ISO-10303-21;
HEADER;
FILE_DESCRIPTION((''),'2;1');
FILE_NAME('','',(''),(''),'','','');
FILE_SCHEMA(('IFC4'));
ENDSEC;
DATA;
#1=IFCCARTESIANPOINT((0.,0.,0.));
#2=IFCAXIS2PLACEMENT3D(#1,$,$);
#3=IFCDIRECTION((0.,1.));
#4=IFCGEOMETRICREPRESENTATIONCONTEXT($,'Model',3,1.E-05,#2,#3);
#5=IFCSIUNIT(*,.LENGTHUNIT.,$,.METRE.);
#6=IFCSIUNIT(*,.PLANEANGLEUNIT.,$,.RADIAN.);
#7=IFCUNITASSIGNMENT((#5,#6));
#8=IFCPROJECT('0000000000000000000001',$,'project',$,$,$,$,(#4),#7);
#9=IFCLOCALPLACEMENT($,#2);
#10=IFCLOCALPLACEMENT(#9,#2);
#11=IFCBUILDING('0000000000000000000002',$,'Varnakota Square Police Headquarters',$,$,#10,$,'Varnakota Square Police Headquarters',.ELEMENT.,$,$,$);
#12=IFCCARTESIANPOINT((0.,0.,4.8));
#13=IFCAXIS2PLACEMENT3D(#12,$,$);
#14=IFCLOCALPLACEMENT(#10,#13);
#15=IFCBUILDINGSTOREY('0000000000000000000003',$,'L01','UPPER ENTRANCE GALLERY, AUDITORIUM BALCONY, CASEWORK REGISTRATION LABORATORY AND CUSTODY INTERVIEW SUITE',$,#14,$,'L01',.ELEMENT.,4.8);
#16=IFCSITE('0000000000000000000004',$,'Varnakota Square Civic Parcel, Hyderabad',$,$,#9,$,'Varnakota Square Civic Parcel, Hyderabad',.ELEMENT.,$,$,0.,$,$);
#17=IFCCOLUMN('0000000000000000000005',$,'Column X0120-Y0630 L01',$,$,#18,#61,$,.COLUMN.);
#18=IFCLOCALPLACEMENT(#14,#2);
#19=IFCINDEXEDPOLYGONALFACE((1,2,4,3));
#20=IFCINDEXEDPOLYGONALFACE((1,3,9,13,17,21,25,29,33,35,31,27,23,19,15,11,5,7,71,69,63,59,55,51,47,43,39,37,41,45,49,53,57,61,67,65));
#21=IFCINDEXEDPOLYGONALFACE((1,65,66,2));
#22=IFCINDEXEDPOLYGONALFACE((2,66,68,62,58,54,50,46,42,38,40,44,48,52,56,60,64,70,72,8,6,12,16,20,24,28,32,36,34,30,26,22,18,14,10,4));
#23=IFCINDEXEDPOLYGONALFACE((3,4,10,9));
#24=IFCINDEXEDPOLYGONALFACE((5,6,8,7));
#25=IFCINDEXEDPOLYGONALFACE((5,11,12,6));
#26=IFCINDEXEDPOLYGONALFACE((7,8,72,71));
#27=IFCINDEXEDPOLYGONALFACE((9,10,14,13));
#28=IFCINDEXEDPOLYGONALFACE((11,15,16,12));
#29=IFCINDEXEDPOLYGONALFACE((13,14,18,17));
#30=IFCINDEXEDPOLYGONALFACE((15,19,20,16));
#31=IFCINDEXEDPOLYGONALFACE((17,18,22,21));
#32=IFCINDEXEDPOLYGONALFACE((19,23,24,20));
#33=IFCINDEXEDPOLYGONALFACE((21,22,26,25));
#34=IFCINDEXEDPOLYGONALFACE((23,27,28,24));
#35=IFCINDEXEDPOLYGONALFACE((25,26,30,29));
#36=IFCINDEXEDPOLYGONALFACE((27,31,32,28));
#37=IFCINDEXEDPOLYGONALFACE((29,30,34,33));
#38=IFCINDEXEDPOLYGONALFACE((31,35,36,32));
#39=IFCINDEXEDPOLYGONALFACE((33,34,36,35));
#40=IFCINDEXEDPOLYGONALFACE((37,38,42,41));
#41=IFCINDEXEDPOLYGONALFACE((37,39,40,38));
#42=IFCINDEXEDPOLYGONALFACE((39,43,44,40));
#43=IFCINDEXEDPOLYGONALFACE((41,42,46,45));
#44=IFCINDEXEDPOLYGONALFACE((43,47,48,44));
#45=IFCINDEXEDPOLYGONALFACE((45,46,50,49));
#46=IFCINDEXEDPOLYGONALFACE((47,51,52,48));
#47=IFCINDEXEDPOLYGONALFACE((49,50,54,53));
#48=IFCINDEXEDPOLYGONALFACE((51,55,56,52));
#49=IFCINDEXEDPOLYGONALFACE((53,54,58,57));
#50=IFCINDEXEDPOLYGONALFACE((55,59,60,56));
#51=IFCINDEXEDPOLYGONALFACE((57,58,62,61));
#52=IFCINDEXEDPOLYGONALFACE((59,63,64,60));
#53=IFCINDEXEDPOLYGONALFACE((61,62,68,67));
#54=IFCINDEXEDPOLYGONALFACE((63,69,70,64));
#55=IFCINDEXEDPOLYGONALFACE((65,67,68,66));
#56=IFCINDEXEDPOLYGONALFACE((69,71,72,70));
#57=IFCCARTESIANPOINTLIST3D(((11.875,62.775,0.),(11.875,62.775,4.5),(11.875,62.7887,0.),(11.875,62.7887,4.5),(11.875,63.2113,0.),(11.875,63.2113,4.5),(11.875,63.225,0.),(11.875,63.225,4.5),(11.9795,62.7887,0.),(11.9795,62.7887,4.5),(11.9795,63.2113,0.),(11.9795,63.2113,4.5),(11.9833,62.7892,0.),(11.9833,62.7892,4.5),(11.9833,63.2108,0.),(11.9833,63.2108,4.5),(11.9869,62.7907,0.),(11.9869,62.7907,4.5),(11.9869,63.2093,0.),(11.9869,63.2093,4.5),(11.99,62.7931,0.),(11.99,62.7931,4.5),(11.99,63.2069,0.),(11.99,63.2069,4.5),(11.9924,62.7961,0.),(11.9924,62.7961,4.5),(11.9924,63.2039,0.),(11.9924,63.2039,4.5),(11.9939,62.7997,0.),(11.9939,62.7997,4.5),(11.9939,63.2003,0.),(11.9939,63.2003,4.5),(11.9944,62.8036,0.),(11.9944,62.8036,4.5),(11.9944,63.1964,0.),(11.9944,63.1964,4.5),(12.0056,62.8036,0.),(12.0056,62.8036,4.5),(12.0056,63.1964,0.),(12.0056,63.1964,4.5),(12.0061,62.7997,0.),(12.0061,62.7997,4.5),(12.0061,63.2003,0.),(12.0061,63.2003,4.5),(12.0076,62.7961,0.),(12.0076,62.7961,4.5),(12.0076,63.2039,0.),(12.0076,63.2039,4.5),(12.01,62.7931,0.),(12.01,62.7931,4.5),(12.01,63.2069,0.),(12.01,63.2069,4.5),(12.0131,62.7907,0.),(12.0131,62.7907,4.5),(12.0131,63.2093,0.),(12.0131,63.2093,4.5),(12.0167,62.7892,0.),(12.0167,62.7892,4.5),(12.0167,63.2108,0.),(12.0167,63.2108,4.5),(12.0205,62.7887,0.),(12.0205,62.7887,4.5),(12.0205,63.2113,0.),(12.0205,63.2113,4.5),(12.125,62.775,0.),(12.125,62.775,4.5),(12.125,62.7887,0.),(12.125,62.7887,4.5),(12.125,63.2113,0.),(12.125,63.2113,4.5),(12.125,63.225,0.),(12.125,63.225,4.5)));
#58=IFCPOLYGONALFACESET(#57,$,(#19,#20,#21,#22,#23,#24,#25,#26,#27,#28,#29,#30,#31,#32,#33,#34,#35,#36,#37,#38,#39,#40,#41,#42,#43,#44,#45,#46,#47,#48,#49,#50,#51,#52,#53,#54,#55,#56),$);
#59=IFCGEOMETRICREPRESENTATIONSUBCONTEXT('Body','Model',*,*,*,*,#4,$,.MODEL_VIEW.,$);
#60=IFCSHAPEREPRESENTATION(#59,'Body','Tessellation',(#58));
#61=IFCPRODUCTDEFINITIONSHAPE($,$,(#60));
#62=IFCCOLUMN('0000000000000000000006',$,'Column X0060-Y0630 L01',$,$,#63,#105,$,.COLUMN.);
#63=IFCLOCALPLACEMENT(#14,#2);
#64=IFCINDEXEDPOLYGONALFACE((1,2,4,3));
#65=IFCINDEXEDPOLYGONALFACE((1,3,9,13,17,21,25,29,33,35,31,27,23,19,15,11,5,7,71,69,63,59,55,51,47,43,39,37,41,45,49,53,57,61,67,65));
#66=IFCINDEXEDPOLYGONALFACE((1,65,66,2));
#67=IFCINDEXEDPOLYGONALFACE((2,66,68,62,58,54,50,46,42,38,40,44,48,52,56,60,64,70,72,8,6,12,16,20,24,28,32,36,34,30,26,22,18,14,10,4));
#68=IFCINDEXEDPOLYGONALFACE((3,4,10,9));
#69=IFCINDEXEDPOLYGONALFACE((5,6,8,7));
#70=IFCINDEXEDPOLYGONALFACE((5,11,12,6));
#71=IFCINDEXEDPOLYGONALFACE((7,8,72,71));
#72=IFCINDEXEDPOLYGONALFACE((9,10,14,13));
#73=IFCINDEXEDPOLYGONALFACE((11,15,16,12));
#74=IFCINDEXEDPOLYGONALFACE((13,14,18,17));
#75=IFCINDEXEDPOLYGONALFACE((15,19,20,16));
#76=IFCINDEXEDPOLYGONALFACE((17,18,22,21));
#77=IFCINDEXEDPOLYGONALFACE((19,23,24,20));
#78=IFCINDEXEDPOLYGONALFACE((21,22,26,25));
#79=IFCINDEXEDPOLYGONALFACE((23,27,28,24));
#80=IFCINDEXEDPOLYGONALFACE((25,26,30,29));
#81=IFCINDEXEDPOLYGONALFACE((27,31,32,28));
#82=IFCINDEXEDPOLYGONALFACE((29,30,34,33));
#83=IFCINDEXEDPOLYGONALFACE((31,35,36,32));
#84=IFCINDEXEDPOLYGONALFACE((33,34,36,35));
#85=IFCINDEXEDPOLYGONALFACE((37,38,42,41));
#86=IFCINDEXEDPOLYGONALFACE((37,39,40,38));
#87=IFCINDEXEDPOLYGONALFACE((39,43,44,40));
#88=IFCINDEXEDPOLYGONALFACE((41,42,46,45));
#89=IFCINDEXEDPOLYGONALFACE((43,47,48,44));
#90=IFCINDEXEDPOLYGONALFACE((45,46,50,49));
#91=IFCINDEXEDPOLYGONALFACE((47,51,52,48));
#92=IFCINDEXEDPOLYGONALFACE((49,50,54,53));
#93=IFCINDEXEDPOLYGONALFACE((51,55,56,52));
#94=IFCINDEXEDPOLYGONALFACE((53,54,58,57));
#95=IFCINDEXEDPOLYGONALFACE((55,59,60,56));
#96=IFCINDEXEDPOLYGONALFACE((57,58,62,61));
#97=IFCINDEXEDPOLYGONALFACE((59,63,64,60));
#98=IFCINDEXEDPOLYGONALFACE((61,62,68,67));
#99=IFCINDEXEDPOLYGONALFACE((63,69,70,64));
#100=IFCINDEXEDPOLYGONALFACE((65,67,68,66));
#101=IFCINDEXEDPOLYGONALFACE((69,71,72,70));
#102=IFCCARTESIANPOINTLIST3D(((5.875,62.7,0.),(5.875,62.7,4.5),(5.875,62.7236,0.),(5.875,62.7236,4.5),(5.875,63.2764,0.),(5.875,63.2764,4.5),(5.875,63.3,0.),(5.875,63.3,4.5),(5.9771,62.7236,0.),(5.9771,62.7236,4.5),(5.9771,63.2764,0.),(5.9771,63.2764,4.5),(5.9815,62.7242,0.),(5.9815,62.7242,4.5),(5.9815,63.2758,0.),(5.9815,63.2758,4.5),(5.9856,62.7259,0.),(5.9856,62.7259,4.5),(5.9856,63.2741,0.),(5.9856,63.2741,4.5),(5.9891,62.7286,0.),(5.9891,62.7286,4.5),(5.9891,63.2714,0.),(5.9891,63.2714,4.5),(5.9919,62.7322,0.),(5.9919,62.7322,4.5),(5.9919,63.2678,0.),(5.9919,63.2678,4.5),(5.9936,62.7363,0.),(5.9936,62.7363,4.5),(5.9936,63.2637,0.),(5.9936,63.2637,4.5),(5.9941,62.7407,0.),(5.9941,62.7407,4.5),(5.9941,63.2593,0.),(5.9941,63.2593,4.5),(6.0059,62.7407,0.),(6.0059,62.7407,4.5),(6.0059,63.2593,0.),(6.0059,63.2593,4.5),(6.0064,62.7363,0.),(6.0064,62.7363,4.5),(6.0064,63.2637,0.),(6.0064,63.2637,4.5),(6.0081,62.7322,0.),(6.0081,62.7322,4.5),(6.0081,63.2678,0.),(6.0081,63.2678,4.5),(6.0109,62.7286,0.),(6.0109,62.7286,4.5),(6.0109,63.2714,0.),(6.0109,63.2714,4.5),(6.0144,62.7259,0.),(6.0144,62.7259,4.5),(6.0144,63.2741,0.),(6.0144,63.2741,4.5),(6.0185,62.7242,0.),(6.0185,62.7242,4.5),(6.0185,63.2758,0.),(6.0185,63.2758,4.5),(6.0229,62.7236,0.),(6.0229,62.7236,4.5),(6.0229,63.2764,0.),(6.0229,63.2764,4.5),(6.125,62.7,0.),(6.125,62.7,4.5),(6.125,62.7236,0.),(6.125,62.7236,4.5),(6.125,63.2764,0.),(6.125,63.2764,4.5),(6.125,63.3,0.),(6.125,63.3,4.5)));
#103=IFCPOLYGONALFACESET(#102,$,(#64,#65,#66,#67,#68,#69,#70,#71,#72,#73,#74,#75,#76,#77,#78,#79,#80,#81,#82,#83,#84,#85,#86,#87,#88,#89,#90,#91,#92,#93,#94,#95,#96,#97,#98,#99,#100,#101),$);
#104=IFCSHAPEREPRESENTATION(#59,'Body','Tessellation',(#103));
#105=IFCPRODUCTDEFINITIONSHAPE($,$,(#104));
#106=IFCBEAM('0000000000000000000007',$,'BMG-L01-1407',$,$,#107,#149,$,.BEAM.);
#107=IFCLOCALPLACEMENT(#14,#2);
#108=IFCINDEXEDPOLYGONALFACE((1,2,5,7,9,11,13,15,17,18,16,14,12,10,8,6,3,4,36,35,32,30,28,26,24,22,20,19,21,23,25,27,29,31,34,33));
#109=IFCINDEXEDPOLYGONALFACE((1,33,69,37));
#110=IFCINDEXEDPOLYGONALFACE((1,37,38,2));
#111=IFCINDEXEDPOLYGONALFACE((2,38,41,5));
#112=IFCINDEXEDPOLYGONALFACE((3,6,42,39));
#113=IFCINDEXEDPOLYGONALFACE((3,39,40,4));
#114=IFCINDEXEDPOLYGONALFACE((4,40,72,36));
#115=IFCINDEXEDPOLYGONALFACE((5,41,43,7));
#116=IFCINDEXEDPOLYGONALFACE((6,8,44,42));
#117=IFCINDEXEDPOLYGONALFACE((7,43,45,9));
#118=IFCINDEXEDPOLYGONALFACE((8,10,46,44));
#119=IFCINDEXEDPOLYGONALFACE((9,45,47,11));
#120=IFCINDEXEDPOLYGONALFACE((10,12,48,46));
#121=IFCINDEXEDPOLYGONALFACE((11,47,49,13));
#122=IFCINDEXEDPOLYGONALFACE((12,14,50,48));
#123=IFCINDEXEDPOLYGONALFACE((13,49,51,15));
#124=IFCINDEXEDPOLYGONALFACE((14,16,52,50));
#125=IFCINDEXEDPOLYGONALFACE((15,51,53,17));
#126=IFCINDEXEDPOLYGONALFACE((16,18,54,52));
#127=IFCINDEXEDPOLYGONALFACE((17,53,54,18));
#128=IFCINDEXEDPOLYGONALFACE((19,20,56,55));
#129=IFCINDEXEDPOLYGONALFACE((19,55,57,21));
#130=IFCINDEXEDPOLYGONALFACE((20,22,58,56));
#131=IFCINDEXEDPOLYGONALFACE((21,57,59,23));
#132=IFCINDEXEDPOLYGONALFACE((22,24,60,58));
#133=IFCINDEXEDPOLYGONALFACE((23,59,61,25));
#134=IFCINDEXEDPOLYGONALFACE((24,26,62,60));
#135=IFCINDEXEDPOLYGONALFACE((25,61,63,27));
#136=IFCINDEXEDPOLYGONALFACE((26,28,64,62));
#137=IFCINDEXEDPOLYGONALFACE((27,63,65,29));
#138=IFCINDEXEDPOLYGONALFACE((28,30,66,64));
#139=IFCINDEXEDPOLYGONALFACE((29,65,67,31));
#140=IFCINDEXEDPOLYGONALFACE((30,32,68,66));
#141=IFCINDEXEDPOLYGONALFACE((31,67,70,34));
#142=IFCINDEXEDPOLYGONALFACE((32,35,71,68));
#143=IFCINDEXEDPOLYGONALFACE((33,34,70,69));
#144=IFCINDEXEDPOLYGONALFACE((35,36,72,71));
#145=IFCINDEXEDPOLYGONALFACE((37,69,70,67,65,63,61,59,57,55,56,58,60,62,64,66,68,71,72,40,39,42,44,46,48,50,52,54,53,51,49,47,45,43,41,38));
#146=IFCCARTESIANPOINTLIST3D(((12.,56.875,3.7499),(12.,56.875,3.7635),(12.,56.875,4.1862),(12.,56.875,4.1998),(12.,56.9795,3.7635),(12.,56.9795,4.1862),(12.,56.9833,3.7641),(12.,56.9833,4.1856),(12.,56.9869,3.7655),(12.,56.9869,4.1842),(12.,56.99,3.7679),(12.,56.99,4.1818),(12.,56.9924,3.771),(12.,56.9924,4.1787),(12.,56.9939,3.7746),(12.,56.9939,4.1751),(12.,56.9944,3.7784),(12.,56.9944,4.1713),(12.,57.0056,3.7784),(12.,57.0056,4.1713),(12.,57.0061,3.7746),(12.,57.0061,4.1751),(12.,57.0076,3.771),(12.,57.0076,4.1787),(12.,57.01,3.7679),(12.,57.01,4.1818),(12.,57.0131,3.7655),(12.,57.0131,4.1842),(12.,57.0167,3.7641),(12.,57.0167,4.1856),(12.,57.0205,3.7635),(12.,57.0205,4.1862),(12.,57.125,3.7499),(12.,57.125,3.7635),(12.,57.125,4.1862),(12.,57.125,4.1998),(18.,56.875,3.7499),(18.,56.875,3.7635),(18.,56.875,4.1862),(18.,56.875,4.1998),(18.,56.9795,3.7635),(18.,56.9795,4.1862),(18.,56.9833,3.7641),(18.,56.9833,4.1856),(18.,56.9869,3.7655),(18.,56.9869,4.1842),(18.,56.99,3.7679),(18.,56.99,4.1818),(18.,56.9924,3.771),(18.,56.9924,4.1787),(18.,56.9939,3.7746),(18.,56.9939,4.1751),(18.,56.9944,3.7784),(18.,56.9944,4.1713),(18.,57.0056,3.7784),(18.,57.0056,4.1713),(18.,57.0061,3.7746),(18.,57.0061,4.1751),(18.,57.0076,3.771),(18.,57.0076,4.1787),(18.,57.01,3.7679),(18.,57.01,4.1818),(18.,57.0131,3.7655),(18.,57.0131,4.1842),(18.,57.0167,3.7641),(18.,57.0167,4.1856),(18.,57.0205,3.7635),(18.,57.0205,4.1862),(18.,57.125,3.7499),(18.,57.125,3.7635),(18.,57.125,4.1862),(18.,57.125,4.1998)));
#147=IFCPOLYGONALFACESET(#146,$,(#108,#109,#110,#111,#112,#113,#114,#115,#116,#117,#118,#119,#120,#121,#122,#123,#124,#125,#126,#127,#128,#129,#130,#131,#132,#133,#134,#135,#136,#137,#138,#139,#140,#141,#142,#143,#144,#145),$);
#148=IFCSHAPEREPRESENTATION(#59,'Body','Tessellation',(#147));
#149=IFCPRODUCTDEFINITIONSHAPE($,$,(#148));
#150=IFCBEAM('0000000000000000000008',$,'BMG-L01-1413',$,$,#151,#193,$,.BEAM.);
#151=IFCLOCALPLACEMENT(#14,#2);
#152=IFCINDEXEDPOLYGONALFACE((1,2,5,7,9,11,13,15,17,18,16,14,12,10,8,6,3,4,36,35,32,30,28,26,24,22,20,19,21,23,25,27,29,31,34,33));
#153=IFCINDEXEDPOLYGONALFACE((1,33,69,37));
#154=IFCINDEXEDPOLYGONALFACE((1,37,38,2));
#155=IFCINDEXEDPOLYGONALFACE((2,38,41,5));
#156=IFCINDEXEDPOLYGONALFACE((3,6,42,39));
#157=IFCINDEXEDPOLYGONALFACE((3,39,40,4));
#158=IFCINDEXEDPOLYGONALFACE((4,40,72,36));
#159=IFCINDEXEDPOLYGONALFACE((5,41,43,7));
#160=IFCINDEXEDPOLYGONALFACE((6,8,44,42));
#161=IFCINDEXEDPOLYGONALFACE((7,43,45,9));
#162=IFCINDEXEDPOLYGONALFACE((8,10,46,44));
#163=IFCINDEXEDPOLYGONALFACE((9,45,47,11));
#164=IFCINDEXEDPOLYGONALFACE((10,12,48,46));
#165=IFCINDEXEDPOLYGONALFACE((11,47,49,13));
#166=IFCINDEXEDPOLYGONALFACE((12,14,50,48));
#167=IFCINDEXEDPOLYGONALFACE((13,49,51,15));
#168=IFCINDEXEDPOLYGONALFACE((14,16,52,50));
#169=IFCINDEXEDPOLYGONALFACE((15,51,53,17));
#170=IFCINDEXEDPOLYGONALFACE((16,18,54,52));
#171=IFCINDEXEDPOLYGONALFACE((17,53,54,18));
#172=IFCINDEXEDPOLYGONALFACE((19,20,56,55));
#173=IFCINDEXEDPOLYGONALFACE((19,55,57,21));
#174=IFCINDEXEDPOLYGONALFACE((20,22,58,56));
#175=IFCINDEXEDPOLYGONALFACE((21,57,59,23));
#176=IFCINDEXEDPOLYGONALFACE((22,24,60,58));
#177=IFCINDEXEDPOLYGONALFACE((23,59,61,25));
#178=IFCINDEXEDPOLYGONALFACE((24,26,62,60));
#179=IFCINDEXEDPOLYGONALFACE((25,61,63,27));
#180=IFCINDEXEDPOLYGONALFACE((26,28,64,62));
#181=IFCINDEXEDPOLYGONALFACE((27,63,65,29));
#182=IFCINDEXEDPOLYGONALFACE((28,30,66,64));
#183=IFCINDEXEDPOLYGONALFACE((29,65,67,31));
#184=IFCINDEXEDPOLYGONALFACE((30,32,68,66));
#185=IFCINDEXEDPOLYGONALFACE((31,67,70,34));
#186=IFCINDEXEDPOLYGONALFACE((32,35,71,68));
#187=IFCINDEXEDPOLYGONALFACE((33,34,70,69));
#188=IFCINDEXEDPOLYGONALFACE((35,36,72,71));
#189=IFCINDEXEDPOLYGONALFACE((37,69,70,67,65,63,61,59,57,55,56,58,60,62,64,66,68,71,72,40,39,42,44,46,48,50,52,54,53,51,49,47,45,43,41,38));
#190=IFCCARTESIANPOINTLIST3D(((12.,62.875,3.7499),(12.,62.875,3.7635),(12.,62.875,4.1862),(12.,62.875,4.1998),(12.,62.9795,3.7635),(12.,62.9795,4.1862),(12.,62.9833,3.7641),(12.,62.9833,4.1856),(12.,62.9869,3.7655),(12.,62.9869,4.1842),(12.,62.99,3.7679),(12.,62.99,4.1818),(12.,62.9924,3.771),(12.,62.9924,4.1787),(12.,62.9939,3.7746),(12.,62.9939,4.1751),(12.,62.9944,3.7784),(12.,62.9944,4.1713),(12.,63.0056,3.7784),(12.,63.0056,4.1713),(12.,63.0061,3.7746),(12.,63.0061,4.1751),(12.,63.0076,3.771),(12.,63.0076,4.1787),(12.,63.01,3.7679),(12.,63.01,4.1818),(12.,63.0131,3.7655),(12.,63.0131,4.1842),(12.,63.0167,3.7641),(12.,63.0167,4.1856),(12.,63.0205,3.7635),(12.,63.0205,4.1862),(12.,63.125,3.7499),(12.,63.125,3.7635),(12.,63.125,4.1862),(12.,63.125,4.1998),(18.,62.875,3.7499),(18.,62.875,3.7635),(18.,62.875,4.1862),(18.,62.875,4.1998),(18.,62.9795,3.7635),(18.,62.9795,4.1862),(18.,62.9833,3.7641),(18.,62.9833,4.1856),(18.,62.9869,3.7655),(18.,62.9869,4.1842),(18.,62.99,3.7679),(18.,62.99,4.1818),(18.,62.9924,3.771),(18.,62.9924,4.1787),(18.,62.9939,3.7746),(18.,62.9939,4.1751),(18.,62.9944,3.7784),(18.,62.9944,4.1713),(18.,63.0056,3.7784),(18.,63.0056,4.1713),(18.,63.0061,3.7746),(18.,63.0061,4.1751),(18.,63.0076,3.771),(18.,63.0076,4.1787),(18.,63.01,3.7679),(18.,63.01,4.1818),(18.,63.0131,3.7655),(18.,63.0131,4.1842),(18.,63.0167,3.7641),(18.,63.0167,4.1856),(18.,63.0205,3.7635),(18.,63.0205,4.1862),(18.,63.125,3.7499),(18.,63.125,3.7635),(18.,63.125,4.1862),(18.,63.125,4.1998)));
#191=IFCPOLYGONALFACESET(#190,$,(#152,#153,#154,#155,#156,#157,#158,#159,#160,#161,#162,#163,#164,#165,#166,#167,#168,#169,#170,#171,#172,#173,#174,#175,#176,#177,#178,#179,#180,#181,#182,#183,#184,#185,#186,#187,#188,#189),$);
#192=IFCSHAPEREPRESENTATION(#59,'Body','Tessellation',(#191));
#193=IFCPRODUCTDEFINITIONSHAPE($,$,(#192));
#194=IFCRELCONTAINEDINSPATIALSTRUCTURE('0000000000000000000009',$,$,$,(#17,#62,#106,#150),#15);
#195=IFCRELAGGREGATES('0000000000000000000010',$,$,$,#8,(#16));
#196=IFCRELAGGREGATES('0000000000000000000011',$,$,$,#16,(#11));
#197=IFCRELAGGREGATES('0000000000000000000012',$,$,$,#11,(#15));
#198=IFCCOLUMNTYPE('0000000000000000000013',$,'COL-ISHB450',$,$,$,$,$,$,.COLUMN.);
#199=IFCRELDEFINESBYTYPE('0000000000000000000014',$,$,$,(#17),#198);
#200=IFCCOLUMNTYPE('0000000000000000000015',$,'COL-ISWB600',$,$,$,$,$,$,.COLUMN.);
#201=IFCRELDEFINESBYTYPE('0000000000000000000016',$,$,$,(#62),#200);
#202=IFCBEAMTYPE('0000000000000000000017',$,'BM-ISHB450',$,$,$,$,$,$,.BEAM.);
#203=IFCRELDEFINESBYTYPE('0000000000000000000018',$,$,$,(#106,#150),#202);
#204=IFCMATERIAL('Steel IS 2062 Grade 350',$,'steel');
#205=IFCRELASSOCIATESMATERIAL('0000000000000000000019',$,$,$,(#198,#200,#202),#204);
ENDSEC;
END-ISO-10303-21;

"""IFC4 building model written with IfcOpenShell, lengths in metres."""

from ifc_helpers import new_model, si_unit, direction, frame, origin, origin_2d, place, context, subcontext, project, spatial, i_section, extrude, material, material_profile, profile_set, type_object, element, save


model = new_model("IFC4")

# Units and contexts
model_context = context("Model", 3, precision=1e-05, world=origin(), true_north=direction((0.0, 1.0)))
body_context = subcontext(model_context, "Body", "Model", "MODEL_VIEW")
ifc_project = project(units=[si_unit("LENGTHUNIT", "METRE"), si_unit("PLANEANGLEUNIT", "RADIAN")], contexts=[model_context])

# Site, building, storey
site_placement = place(None, origin())
site = spatial("IfcSite", under=ifc_project, at=site_placement, Name="Varnakota Square Civic Parcel, Hyderabad", LongName="Varnakota Square Civic Parcel, Hyderabad", CompositionType="ELEMENT", RefElevation=0.0)
building_placement = place(site_placement, origin())
building = spatial("IfcBuilding", under=site, at=building_placement, Name="Varnakota Square Police Headquarters", LongName="Varnakota Square Police Headquarters", CompositionType="ELEMENT")
storey_placement = place(building_placement, frame((0.0, 0.0, 4.8)))
storey = spatial("IfcBuildingStorey", under=building, at=storey_placement, Name="L01", Description="UPPER ENTRANCE GALLERY, AUDITORIUM BALCONY, CASEWORK REGISTRATION LABORATORY AND CUSTODY INTERVIEW SUITE", LongName="L01", CompositionType="ELEMENT", Elevation=4.8)

# Columns
ifc_material_1 = material(Name="Steel IS 2062 Grade 350", Category="steel")
ifc_material_profile_1 = material_profile(ifc_material_1, i_section(OverallWidth=0.25, OverallDepth=0.45, WebThickness=0.0112, FlangeThickness=0.0137, FilletRadius=0.0149, at=origin_2d()), Name="ISHB 450")
ifc_profile_set_1 = profile_set([ifc_material_profile_1], Name="Steel IS 2062 Grade 350")
column_type_1 = type_object("IfcColumnType", Name="COL-ISHB450", PredefinedType="COLUMN", material=ifc_profile_set_1)
column_1_placement = place(storey_placement, frame((12.0, 63.0, 0.0), z_axis=(0.0, 0.0, 1.0), x_axis=(1.0, 0.0, 0.0)))
element("IfcColumn", 1, at=column_1_placement, inside=storey, type_object=column_type_1, Name="Column X0120-Y0630 L01", PredefinedType="COLUMN", context=body_context, shape_type="SweptSolid", body=[
    extrude(i_section(OverallWidth=0.25, OverallDepth=0.45, WebThickness=0.0112, FlangeThickness=0.0137, FilletRadius=0.0149, at=origin_2d()), origin(), (0.0, 0.0, 1.0), 4.5),
])
ifc_material_profile_2 = material_profile(ifc_material_1, i_section(OverallWidth=0.25, OverallDepth=0.6001, WebThickness=0.0117, FlangeThickness=0.0237, FilletRadius=0.0171, at=origin_2d()), Name="ISWB 600")
ifc_profile_set_2 = profile_set([ifc_material_profile_2], Name="Steel IS 2062 Grade 350")
column_type_2 = type_object("IfcColumnType", Name="COL-ISWB600", PredefinedType="COLUMN", material=ifc_profile_set_2)
column_2_placement = place(storey_placement, frame((6.0, 63.0, 0.0), z_axis=(0.0, 0.0, 1.0), x_axis=(1.0, 0.0, 0.0)))
element("IfcColumn", 2, at=column_2_placement, inside=storey, type_object=column_type_2, Name="Column X0060-Y0630 L01", PredefinedType="COLUMN", context=body_context, shape_type="SweptSolid", body=[
    extrude(i_section(OverallWidth=0.25, OverallDepth=0.6001, WebThickness=0.0117, FlangeThickness=0.0237, FilletRadius=0.0171, at=origin_2d()), origin(), (0.0, 0.0, 1.0), 4.5),
])

# Beams
ifc_material_profile_3 = material_profile(ifc_material_1, i_section(OverallWidth=0.25, OverallDepth=0.45, WebThickness=0.0112, FlangeThickness=0.0137, FilletRadius=0.0149, at=origin_2d()), Name="ISHB 450")
ifc_profile_set_3 = profile_set([ifc_material_profile_3], Name="Steel IS 2062 Grade 350")
beam_type_1 = type_object("IfcBeamType", Name="BM-ISHB450", PredefinedType="BEAM", material=ifc_profile_set_3)
for number, where, z_axis, x_axis, name in (
    (3, (12.0, 57.0, 3.9749), (1.0, 0.0, 0.0), (0.0, 1.0, 0.0), "BMG-L01-1407"),
    (4, (12.0, 63.0, 3.9749), (1.0, 0.0, 0.0), (0.0, 1.0, 0.0), "BMG-L01-1413"),
):
    element("IfcBeam", number, at=place(storey_placement, frame(where, z_axis=z_axis, x_axis=x_axis)), inside=storey, type_object=beam_type_1, Name=name, PredefinedType="BEAM", context=body_context, shape_type="SweptSolid", body=[
        extrude(i_section(OverallWidth=0.25, OverallDepth=0.45, WebThickness=0.0112, FlangeThickness=0.0137, FilletRadius=0.0149, at=origin_2d()), origin(), (0.0, 0.0, 1.0), 6.0),
    ])

save(model, "model.ifc")
